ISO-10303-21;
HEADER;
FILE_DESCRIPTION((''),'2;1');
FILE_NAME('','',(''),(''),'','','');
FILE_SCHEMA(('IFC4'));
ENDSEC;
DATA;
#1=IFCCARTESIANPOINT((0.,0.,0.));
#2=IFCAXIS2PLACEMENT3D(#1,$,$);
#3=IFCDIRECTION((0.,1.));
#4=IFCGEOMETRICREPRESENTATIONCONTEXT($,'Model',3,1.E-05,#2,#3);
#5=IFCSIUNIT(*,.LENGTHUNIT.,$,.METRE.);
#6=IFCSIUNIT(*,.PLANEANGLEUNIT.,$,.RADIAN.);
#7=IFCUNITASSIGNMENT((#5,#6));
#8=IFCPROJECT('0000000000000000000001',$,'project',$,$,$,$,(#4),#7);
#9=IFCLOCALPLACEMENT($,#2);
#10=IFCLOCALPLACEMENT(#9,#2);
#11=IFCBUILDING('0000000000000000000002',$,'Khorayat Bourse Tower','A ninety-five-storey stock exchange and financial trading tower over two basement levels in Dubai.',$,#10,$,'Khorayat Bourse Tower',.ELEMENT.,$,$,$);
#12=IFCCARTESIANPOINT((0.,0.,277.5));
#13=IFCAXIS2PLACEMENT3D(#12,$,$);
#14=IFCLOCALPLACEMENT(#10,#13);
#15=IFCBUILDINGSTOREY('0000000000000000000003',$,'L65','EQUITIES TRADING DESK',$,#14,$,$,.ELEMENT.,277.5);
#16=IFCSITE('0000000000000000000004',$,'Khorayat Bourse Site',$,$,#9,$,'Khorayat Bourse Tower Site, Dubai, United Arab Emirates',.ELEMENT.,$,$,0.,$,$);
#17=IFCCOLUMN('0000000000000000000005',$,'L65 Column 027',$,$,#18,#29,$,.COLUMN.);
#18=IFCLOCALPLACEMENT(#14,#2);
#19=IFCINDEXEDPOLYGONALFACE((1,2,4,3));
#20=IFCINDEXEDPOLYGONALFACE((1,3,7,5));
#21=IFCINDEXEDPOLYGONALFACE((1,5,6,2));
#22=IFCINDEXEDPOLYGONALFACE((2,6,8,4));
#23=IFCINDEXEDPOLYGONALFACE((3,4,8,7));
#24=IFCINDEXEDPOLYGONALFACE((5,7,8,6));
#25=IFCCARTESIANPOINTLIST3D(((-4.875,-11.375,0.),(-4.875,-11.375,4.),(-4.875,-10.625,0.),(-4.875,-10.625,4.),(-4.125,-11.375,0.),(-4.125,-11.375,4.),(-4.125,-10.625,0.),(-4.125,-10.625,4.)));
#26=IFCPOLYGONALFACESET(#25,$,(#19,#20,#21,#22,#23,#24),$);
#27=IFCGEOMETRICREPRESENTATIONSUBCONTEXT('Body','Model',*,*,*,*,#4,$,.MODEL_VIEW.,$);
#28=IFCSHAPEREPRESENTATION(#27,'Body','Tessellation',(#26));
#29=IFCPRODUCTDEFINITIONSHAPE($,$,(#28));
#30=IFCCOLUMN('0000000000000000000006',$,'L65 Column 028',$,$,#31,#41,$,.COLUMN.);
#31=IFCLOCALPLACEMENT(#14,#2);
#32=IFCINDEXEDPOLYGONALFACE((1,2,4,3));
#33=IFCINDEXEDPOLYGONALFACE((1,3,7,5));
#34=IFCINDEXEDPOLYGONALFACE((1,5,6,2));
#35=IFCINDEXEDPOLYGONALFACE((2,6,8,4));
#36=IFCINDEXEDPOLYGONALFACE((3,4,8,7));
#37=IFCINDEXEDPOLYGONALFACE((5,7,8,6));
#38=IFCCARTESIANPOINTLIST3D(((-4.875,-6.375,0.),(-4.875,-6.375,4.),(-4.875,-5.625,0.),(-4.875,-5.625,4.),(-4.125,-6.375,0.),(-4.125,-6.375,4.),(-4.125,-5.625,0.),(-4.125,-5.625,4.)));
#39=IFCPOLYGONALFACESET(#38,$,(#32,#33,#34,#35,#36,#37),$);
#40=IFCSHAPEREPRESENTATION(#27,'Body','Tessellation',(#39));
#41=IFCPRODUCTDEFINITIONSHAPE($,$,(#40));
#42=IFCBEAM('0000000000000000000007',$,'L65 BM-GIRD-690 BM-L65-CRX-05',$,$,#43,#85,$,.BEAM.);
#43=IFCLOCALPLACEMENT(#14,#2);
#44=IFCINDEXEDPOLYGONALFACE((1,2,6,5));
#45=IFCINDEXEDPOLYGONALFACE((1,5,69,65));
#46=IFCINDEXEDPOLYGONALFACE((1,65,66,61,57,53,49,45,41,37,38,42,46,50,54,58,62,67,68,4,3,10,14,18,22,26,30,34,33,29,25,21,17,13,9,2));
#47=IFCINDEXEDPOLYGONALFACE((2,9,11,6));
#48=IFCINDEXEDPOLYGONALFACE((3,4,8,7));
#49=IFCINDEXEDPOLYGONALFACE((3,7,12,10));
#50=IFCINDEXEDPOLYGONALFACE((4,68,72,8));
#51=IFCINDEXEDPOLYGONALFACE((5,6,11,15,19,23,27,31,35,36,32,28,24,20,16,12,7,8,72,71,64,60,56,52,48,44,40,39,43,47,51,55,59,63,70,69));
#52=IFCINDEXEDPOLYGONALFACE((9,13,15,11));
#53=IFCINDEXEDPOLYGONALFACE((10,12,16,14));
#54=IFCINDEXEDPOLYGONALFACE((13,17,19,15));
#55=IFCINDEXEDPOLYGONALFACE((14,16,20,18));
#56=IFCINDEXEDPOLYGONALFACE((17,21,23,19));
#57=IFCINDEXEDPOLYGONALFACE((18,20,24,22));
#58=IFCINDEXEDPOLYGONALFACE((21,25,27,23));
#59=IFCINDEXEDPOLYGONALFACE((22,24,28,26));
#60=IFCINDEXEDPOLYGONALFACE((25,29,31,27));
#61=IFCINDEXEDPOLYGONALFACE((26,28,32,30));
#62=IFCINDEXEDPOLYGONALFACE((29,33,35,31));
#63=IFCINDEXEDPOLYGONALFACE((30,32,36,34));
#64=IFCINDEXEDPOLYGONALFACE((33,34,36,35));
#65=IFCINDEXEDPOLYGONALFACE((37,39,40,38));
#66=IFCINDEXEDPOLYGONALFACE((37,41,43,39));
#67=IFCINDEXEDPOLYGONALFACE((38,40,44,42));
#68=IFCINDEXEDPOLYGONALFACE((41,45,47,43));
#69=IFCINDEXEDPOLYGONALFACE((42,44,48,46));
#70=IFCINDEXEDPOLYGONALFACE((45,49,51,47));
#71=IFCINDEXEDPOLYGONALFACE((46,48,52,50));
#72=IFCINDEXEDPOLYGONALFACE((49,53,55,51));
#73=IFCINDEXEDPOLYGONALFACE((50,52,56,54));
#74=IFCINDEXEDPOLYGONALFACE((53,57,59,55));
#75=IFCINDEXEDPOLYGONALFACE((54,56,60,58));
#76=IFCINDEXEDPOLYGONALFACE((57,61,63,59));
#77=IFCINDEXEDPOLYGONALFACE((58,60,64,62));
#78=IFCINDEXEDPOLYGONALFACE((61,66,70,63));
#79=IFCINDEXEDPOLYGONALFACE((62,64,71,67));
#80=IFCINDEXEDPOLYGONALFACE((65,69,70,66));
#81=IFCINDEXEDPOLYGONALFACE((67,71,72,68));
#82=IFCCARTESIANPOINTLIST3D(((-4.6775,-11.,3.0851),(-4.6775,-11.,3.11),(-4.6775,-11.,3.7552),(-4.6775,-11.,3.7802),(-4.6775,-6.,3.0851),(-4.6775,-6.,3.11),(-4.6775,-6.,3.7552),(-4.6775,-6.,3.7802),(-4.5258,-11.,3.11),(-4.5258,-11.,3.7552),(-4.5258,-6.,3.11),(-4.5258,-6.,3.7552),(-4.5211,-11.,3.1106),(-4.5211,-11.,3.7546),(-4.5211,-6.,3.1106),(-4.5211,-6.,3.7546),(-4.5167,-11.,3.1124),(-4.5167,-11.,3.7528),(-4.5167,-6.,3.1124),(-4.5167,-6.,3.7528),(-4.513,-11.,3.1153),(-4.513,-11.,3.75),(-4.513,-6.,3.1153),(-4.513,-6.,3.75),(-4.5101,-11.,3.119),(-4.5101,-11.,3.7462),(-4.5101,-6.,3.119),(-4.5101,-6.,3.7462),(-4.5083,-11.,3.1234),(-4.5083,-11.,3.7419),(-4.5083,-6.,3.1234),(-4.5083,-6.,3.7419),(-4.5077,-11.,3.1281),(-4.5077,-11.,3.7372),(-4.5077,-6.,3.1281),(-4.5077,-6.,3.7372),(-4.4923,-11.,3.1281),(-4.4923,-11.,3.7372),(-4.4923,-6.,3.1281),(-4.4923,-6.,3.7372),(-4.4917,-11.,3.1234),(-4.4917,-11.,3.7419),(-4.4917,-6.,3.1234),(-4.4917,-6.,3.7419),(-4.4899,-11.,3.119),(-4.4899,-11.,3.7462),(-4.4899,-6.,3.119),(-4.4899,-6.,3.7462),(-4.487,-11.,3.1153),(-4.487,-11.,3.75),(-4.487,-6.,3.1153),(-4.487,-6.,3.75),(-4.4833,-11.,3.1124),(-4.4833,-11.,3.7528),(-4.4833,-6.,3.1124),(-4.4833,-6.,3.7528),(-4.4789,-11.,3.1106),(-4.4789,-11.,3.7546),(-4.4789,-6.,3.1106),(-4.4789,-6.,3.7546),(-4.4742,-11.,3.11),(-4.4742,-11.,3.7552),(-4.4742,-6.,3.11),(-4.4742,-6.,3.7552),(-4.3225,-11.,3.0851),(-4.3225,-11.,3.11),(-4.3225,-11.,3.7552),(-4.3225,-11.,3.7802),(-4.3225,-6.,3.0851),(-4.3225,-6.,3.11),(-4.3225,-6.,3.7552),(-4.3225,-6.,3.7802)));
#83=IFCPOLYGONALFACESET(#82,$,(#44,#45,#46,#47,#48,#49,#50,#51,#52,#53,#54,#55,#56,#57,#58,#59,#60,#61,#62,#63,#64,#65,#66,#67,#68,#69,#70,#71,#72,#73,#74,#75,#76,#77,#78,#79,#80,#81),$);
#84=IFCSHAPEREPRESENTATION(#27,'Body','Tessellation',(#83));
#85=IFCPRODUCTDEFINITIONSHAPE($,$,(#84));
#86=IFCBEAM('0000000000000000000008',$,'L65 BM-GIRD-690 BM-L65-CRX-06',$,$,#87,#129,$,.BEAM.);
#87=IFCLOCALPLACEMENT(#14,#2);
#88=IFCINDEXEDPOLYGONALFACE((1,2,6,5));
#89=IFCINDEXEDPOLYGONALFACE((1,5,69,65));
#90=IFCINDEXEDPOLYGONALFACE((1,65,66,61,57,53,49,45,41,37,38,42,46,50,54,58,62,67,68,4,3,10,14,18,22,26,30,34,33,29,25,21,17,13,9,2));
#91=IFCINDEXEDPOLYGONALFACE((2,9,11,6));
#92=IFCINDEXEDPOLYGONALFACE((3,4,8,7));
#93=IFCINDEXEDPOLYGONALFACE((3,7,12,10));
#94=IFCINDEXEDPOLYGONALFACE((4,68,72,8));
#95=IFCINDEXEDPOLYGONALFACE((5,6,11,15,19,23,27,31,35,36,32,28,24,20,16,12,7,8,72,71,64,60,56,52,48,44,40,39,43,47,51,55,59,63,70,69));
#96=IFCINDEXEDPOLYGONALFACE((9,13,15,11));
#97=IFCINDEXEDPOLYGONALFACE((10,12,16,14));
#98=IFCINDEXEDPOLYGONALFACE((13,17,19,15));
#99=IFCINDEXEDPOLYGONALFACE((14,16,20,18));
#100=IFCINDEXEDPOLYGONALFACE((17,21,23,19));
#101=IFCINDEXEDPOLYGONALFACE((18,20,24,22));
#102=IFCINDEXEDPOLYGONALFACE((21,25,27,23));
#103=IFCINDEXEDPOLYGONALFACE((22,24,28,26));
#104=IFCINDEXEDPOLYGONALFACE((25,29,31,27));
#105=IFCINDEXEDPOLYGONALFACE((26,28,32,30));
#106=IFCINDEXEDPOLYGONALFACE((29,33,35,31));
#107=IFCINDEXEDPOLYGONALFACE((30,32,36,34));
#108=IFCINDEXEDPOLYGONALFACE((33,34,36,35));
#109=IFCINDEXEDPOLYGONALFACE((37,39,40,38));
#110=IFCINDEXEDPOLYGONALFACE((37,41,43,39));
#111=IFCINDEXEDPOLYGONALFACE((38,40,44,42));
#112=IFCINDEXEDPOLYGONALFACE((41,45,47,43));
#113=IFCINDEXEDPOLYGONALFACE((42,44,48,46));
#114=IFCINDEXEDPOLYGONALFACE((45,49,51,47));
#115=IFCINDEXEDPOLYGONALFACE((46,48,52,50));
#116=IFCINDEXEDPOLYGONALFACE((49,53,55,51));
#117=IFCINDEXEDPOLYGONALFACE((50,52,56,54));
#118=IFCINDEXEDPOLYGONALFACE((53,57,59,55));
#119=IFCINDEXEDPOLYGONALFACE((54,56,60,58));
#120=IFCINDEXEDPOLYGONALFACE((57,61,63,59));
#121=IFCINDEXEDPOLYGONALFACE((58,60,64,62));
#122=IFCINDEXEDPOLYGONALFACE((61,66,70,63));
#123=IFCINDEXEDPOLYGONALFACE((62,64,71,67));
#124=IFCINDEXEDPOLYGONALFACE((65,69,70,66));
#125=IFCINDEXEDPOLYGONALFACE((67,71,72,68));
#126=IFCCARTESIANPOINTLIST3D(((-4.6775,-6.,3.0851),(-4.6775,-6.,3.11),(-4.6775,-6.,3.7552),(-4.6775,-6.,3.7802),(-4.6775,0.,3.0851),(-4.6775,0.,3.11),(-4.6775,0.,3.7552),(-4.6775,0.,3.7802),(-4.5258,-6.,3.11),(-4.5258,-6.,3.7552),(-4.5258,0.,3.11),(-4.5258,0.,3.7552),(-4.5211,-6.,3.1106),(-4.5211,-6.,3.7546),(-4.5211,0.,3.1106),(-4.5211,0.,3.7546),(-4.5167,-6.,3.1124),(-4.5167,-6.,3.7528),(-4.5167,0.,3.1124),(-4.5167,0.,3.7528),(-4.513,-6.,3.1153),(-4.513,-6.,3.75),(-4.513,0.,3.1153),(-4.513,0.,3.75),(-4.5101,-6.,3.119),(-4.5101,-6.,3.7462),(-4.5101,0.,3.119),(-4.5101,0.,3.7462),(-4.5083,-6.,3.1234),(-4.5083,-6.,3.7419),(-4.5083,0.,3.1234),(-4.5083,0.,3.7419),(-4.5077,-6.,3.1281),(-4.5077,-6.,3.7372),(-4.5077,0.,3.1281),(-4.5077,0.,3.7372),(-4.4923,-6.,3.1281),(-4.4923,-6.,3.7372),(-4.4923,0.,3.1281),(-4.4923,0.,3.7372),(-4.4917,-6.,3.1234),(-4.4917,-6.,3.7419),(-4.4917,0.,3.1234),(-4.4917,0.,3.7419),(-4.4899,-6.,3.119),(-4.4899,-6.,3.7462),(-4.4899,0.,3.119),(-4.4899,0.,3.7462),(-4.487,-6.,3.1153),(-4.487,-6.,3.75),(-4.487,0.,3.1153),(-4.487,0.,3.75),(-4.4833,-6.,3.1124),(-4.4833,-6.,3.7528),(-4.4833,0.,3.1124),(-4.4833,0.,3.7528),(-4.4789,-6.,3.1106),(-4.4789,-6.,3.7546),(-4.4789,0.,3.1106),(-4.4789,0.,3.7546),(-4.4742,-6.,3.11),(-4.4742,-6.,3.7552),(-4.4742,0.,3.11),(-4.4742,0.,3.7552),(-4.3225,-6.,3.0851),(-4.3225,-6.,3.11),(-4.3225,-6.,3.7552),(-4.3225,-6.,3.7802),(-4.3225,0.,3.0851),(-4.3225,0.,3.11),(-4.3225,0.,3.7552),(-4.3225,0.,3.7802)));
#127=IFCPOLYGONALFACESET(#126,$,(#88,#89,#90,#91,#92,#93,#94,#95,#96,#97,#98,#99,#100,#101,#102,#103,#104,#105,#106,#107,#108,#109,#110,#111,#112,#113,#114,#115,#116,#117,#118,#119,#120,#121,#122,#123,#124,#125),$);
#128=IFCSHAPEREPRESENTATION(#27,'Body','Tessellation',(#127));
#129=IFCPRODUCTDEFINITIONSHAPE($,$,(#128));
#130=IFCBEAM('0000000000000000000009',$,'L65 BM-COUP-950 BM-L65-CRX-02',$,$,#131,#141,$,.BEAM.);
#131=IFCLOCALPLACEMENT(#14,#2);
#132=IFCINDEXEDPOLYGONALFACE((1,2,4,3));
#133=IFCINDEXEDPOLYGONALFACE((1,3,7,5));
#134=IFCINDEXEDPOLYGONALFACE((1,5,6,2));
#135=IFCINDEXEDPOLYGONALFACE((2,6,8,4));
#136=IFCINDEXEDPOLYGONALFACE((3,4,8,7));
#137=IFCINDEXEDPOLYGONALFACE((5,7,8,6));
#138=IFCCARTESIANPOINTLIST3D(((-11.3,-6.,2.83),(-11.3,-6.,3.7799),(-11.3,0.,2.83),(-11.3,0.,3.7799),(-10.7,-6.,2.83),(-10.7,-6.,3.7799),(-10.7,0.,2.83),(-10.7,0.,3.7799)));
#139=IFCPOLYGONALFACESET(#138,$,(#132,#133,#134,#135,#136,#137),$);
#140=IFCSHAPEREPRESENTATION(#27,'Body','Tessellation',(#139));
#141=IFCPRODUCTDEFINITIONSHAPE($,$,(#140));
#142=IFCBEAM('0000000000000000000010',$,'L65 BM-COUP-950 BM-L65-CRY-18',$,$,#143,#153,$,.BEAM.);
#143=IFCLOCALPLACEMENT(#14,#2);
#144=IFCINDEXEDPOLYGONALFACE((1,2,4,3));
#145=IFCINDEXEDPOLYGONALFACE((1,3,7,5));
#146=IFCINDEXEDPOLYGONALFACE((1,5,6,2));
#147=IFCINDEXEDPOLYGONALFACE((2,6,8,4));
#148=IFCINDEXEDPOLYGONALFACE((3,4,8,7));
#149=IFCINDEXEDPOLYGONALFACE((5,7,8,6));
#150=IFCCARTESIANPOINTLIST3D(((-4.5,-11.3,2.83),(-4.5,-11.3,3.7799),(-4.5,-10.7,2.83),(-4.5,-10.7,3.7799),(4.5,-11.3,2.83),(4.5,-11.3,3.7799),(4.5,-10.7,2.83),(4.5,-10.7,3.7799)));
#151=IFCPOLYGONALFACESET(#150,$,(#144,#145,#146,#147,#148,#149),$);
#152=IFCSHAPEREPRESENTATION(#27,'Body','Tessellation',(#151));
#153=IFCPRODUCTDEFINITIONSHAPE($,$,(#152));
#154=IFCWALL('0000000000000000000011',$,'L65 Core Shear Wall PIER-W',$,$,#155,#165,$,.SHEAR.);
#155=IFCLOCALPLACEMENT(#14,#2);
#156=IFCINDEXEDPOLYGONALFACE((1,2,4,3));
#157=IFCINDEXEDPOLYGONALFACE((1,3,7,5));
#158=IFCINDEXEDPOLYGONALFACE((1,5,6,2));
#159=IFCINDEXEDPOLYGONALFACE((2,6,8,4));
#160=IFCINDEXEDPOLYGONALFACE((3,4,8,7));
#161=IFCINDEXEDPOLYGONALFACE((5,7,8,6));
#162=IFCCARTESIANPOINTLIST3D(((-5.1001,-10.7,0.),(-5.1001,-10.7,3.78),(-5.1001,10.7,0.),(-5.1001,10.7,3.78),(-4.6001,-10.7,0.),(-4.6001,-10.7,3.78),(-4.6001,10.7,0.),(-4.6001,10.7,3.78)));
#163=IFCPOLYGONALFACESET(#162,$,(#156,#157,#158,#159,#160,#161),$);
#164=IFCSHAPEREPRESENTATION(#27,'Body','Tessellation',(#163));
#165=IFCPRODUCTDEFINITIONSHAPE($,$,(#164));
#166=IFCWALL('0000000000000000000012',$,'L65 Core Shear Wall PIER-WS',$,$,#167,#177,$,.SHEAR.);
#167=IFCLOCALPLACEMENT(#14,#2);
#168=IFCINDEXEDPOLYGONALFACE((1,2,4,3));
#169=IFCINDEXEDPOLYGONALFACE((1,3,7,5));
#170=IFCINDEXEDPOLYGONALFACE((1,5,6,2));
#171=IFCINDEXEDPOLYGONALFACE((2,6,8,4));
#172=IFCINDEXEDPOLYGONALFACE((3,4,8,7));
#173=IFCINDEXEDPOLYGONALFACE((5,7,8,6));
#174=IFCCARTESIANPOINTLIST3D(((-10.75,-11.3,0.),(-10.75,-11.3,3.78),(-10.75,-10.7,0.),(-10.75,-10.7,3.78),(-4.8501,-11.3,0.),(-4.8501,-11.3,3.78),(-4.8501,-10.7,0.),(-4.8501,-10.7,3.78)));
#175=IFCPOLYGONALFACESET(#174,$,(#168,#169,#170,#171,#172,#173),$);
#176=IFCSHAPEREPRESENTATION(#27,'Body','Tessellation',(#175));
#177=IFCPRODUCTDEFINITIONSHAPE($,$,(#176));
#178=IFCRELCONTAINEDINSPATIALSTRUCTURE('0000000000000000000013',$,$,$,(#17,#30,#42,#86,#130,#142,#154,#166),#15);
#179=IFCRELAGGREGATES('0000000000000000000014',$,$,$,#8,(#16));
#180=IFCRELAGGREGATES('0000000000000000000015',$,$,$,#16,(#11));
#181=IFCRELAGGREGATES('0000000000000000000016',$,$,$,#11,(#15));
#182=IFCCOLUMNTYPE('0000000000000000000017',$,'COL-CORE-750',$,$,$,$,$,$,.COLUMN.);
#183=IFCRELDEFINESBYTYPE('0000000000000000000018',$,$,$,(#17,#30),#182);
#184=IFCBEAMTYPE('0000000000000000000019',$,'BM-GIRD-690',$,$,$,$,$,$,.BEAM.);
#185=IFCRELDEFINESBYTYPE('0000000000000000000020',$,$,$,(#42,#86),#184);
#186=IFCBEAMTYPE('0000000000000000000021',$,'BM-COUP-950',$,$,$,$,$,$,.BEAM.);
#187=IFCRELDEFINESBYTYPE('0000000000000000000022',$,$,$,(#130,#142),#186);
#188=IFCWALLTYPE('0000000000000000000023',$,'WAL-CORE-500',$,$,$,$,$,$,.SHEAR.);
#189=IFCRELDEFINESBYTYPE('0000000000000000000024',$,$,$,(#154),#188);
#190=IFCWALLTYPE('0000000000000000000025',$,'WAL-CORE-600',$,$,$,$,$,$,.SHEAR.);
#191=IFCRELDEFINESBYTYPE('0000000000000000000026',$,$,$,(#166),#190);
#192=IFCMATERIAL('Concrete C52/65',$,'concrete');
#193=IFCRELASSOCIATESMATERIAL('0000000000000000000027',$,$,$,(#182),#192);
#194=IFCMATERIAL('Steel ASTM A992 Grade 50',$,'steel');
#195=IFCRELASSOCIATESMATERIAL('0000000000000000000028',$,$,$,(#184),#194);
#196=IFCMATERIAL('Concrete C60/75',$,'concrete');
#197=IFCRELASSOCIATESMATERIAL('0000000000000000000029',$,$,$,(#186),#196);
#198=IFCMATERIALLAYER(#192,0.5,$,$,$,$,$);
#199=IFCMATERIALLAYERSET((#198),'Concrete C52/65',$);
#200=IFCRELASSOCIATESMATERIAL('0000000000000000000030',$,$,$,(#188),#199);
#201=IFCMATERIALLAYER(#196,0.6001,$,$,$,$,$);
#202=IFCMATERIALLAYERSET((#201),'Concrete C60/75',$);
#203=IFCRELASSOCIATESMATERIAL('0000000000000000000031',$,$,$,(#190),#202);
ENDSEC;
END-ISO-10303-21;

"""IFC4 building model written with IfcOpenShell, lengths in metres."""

from ifc_helpers import new_model, si_unit, direction, frame, frame_2d, origin, origin_2d, place, context, subcontext, project, spatial, rectangle, i_section, extrude, source, transform, mapped, material, layer, layer_set, material_profile, profile_set, type_object, element, save


model = new_model("IFC4")

# Units and contexts
model_context = context("Model", 3, precision=1e-05, world=origin(), true_north=direction((0.0, 1.0)))
body_context = subcontext(model_context, "Body", "Model", "MODEL_VIEW")
ifc_project = project(units=[si_unit("LENGTHUNIT", "METRE"), si_unit("PLANEANGLEUNIT", "RADIAN")], contexts=[model_context])

# Site, building, storey
site_placement = place(None, origin())
site = spatial("IfcSite", under=ifc_project, at=site_placement, Name="Khorayat Bourse Site", LongName="Khorayat Bourse Tower Site, Dubai, United Arab Emirates", CompositionType="ELEMENT", RefElevation=0.0)
building_placement = place(site_placement, origin())
building = spatial("IfcBuilding", under=site, at=building_placement, Name="Khorayat Bourse Tower", Description="A ninety-five-storey stock exchange and financial trading tower over two basement levels in Dubai.", LongName="Khorayat Bourse Tower", CompositionType="ELEMENT")
storey_placement = place(building_placement, frame((0.0, 0.0, 277.5)))
storey = spatial("IfcBuildingStorey", under=building, at=storey_placement, Name="L65", Description="EQUITIES TRADING DESK", CompositionType="ELEMENT", Elevation=277.5)

# Columns
ifc_material_1 = material(Name="Concrete C52/65", Category="concrete")
ifc_material_profile_1 = material_profile(ifc_material_1, rectangle(XDim=0.75, YDim=0.75, at=origin_2d()), Name="RC 750x750")
ifc_profile_set_1 = profile_set([ifc_material_profile_1], Name="Concrete C52/65")
column_type = type_object("IfcColumnType", Name="COL-CORE-750", PredefinedType="COLUMN", material=ifc_profile_set_1)
shared_shape_1 = source(origin(), body_context, "Body", "SweptSolid", [
    extrude(rectangle(XDim=0.75, YDim=0.75, at=origin_2d()), origin(), (0.0, 0.0, 1.0), 4.0),
])
for number, where, z_axis, x_axis, name in (
    (1, (-4.5, -11.0, 0.0), (0.0, 0.0, 1.0), (1.0, 0.0, 0.0), "L65 Column 027"),
    (2, (-4.5, -6.0, 0.0), (0.0, 0.0, 1.0), (1.0, 0.0, 0.0), "L65 Column 028"),
):
    element("IfcColumn", number, at=place(storey_placement, frame(where, z_axis=z_axis, x_axis=x_axis)), inside=storey, type_object=column_type, Name=name, PredefinedType="COLUMN", context=body_context, shape_type="MappedRepresentation", body=[
        mapped(shared_shape_1, transform((0.0, 0.0, 0.0), scale=1.0)),
    ])

# Beams
ifc_material_2 = material(Name="Steel ASTM A992 Grade 50", Category="steel")
ifc_material_profile_2 = material_profile(ifc_material_2, i_section(OverallWidth=0.355, OverallDepth=0.6951, WebThickness=0.0154, FlangeThickness=0.0249, FilletRadius=0.0181, at=origin_2d()), Name="W690X217")
ifc_profile_set_2 = profile_set([ifc_material_profile_2], Name="Steel ASTM A992 Grade 50")
beam_type_1 = type_object("IfcBeamType", Name="BM-GIRD-690", PredefinedType="BEAM", material=ifc_profile_set_2)
shared_shape_2 = source(origin(), body_context, "Body", "SweptSolid", [
    extrude(i_section(OverallWidth=0.355, OverallDepth=0.6951, WebThickness=0.0154, FlangeThickness=0.0249, FilletRadius=0.0181, at=origin_2d()), origin(), (0.0, 0.0, 1.0), 5.0),
])
beam_1_placement = place(storey_placement, frame((-4.5, -11.0, 3.4326), z_axis=(0.0, 1.0, 0.0), x_axis=(-1.0, 0.0, 0.0)))
element("IfcBeam", 3, at=beam_1_placement, inside=storey, type_object=beam_type_1, Name="L65 BM-GIRD-690 BM-L65-CRX-05", PredefinedType="BEAM", context=body_context, shape_type="MappedRepresentation", body=[
    mapped(shared_shape_2, transform((0.0, 0.0, 0.0), scale=1.0)),
])
shared_shape_3 = source(origin(), body_context, "Body", "SweptSolid", [
    extrude(i_section(OverallWidth=0.355, OverallDepth=0.6951, WebThickness=0.0154, FlangeThickness=0.0249, FilletRadius=0.0181, at=origin_2d()), origin(), (0.0, 0.0, 1.0), 6.0),
])
beam_2_placement = place(storey_placement, frame((-4.5, -6.0, 3.4326), z_axis=(0.0, 1.0, 0.0), x_axis=(-1.0, 0.0, 0.0)))
element("IfcBeam", 4, at=beam_2_placement, inside=storey, type_object=beam_type_1, Name="L65 BM-GIRD-690 BM-L65-CRX-06", PredefinedType="BEAM", context=body_context, shape_type="MappedRepresentation", body=[
    mapped(shared_shape_3, transform((0.0, 0.0, 0.0), scale=1.0)),
])
ifc_material_3 = material(Name="Concrete C60/75", Category="concrete")
ifc_material_profile_3 = material_profile(ifc_material_3, rectangle(XDim=0.6001, YDim=0.95, at=origin_2d()), Name="RC 600x950")
ifc_profile_set_3 = profile_set([ifc_material_profile_3], Name="Concrete C60/75")
beam_type_2 = type_object("IfcBeamType", Name="BM-COUP-950", PredefinedType="BEAM", material=ifc_profile_set_3)
shared_shape_4 = source(origin(), body_context, "Body", "SweptSolid", [
    extrude(rectangle(XDim=0.6001, YDim=0.95, at=origin_2d()), origin(), (0.0, 0.0, 1.0), 6.0),
])
beam_3_placement = place(storey_placement, frame((-11.0, -6.0, 3.3049), z_axis=(0.0, 1.0, 0.0), x_axis=(-1.0, 0.0, 0.0)))
element("IfcBeam", 5, at=beam_3_placement, inside=storey, type_object=beam_type_2, Name="L65 BM-COUP-950 BM-L65-CRX-02", PredefinedType="BEAM", context=body_context, shape_type="MappedRepresentation", body=[
    mapped(shared_shape_4, transform((0.0, 0.0, 0.0), scale=1.0)),
])
shared_shape_5 = source(origin(), body_context, "Body", "SweptSolid", [
    extrude(rectangle(XDim=0.6001, YDim=0.95, at=origin_2d()), origin(), (0.0, 0.0, 1.0), 9.0),
])
beam_4_placement = place(storey_placement, frame((-4.5, -11.0, 3.3049), z_axis=(1.0, 0.0, 0.0), x_axis=(0.0, 1.0, 0.0)))
element("IfcBeam", 6, at=beam_4_placement, inside=storey, type_object=beam_type_2, Name="L65 BM-COUP-950 BM-L65-CRY-18", PredefinedType="BEAM", context=body_context, shape_type="MappedRepresentation", body=[
    mapped(shared_shape_5, transform((0.0, 0.0, 0.0), scale=1.0)),
])

# Walls
ifc_layer_1 = layer(ifc_material_1, 0.5)
ifc_layer_set_1 = layer_set([ifc_layer_1], Name="Concrete C52/65")
wall_type_1 = type_object("IfcWallType", Name="WAL-CORE-500", PredefinedType="SHEAR", material=ifc_layer_set_1)
shared_shape_6 = source(origin(), body_context, "Body", "SweptSolid", [
    extrude(rectangle(XDim=21.3999, YDim=0.5, at=frame_2d((10.7, 0.0))), origin(), (0.0, 0.0, 1.0), 3.78),
])
wall_1_placement = place(storey_placement, frame((-4.8501, -10.7, 0.0), z_axis=(0.0, 0.0, 1.0), x_axis=(0.0, 1.0, 0.0)))
element("IfcWall", 7, at=wall_1_placement, inside=storey, type_object=wall_type_1, Name="L65 Core Shear Wall PIER-W", PredefinedType="SHEAR", context=body_context, shape_type="MappedRepresentation", body=[
    mapped(shared_shape_6, transform((0.0, 0.0, 0.0), scale=1.0)),
])
ifc_layer_2 = layer(ifc_material_3, 0.6001)
ifc_layer_set_2 = layer_set([ifc_layer_2], Name="Concrete C60/75")
wall_type_2 = type_object("IfcWallType", Name="WAL-CORE-600", PredefinedType="SHEAR", material=ifc_layer_set_2)
shared_shape_7 = source(origin(), body_context, "Body", "SweptSolid", [
    extrude(rectangle(XDim=5.8999, YDim=0.6001, at=frame_2d((2.95, 0.0))), origin(), (0.0, 0.0, 1.0), 3.78),
])
wall_2_placement = place(storey_placement, frame((-10.75, -11.0, 0.0), z_axis=(0.0, 0.0, 1.0), x_axis=(1.0, 0.0, 0.0)))
element("IfcWall", 8, at=wall_2_placement, inside=storey, type_object=wall_type_2, Name="L65 Core Shear Wall PIER-WS", PredefinedType="SHEAR", context=body_context, shape_type="MappedRepresentation", body=[
    mapped(shared_shape_7, transform((0.0, 0.0, 0.0), scale=1.0)),
])

save(model, "model.ifc")
